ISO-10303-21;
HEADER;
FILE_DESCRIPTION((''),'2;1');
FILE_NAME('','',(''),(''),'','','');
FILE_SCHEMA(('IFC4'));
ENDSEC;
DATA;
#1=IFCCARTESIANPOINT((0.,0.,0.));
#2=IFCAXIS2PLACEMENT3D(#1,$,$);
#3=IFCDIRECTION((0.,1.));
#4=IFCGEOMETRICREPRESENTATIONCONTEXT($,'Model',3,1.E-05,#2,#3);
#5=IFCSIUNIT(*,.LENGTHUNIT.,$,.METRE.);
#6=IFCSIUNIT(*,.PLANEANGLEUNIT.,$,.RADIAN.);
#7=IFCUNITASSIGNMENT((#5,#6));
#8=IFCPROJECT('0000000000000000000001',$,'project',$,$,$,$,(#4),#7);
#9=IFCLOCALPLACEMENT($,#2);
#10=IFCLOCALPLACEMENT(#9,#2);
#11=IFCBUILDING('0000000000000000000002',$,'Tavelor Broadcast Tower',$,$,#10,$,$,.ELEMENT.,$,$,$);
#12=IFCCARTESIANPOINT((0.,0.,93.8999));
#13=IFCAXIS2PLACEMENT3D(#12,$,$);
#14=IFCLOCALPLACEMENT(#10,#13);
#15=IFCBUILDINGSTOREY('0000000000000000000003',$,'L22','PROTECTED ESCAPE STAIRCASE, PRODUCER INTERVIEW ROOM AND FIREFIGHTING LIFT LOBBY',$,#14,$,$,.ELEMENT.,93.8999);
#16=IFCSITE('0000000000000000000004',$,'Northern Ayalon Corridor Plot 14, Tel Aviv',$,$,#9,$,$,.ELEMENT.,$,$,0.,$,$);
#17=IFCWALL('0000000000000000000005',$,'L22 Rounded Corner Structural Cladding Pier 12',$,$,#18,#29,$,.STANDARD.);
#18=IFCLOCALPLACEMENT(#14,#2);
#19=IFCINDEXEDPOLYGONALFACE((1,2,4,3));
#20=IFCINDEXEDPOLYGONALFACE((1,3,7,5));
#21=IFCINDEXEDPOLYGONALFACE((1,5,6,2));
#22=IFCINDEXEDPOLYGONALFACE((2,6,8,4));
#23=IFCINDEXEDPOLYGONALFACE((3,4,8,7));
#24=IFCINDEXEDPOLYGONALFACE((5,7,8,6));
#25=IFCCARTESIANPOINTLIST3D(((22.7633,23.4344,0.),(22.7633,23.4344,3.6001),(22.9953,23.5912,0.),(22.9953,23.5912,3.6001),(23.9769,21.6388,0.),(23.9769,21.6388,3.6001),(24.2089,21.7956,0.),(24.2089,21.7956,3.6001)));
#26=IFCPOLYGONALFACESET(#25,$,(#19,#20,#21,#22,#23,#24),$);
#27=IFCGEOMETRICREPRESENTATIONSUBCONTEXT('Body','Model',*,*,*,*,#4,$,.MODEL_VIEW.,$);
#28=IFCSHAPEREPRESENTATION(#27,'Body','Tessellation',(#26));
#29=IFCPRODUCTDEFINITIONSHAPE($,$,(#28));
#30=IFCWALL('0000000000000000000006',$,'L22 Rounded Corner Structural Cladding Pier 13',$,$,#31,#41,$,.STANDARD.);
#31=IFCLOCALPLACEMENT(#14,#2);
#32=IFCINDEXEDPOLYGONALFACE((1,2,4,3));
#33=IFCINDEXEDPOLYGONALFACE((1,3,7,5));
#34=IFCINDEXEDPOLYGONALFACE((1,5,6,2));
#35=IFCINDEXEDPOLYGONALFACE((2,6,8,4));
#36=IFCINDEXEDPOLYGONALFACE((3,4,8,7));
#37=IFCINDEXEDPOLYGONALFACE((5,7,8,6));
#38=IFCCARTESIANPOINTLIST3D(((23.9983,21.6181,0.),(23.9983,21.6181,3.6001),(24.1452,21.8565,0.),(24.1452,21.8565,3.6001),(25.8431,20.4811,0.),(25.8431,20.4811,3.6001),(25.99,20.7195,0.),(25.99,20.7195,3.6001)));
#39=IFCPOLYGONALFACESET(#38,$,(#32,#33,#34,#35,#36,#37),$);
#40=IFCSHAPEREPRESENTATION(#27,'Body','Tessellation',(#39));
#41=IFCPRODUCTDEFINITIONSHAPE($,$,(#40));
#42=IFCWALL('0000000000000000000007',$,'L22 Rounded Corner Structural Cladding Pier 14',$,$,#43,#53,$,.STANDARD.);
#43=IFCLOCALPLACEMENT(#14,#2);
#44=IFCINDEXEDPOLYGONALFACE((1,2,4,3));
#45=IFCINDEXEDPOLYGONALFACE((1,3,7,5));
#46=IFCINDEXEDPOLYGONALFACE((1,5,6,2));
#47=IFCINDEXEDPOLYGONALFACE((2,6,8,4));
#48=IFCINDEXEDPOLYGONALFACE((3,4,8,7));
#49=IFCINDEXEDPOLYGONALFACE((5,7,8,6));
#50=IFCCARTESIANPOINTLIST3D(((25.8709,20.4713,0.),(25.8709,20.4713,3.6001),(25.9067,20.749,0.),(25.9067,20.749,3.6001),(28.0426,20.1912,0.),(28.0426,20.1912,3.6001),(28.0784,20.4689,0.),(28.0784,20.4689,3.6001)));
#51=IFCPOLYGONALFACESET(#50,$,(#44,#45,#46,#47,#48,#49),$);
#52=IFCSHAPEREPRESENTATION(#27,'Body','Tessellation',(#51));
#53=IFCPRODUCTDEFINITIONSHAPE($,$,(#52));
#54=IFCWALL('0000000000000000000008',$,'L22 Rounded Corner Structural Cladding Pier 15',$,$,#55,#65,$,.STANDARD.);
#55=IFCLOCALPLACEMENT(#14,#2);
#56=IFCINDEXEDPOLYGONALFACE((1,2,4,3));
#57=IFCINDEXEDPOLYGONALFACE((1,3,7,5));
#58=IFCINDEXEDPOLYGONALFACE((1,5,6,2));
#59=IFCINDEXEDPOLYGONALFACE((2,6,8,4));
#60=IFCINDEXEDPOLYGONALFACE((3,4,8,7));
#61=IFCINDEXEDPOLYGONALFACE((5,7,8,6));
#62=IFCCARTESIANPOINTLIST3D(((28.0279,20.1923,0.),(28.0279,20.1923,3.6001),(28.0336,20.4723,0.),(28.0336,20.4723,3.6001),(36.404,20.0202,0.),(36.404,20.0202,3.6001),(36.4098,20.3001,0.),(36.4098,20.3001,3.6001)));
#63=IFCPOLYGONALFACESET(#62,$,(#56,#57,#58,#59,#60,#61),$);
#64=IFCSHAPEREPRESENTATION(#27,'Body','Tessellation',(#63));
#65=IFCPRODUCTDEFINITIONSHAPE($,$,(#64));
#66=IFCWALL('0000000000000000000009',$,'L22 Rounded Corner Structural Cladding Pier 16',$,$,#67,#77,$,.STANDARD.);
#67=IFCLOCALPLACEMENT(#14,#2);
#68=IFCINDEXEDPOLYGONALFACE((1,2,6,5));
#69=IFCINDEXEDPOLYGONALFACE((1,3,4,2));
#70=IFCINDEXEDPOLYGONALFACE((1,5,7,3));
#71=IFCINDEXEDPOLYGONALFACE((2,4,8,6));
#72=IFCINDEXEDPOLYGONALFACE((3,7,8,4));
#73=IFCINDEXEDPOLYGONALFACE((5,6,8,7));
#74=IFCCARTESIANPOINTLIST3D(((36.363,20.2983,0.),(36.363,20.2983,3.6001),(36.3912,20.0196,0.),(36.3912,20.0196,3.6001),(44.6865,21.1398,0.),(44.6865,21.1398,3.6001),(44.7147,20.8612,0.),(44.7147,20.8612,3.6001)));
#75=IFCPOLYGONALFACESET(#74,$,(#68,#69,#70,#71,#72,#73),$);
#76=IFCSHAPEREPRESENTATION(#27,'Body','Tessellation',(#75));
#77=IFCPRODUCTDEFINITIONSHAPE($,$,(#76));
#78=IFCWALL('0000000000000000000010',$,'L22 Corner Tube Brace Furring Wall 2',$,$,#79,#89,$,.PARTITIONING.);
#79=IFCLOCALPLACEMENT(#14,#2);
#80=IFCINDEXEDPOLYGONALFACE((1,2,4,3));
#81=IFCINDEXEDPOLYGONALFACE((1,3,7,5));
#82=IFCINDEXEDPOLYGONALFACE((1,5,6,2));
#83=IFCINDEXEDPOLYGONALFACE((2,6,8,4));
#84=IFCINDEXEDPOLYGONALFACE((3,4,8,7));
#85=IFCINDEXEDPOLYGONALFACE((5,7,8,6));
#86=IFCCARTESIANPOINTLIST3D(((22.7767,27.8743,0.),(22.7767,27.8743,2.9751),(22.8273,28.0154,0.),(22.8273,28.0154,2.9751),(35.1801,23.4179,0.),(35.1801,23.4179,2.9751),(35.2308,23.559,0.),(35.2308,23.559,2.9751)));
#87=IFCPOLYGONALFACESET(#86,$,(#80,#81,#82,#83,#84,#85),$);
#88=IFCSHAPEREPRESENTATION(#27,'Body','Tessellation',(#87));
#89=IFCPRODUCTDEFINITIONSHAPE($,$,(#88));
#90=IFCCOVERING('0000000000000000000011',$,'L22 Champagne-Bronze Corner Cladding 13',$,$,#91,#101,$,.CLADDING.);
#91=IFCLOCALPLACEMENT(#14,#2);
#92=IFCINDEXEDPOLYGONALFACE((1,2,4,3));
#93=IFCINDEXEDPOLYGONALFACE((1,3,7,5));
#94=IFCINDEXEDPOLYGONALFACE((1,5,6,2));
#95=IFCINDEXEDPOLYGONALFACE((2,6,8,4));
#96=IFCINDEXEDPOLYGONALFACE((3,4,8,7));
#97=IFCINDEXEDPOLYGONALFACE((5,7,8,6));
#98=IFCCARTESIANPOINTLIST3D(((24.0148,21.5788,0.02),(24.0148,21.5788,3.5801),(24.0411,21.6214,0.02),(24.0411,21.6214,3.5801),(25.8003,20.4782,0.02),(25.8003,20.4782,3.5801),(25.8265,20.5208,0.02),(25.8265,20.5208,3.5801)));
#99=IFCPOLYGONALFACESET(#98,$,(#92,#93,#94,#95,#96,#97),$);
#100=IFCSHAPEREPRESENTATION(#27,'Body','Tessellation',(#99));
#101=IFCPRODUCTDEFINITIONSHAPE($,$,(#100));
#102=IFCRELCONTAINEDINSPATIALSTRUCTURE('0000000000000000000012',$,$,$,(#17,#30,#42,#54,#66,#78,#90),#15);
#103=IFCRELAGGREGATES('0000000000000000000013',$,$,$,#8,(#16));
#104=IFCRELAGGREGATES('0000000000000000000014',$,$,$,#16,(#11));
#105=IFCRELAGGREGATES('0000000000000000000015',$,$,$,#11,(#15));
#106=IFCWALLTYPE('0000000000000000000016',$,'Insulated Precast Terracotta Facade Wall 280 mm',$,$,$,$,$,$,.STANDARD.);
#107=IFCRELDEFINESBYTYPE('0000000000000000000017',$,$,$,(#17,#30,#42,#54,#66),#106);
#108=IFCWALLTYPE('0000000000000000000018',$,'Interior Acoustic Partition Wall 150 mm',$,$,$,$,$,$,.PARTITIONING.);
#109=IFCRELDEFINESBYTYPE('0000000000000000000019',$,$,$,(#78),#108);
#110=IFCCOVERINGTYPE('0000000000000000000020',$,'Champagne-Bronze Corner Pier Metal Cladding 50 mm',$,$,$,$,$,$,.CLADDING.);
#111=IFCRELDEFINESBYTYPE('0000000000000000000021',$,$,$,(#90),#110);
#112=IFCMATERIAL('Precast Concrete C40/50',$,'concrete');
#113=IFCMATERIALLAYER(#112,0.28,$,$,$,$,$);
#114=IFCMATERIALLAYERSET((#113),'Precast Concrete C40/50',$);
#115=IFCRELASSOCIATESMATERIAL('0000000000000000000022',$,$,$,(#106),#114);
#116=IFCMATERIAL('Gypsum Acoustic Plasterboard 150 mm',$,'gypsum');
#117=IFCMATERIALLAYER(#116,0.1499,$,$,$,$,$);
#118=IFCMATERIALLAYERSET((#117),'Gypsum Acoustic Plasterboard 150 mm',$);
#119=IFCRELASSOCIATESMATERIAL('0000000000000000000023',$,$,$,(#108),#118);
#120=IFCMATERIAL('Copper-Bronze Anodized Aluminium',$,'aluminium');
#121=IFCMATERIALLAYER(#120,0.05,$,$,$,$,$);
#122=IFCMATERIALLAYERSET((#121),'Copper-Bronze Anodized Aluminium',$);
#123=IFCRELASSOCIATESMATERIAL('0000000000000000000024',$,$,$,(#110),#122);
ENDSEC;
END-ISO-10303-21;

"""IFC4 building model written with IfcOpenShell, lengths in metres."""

from ifc_helpers import new_model, si_unit, direction, frame, frame_2d, origin, origin_2d, place, context, subcontext, project, spatial, rectangle, extrude, material, layer, layer_set, type_object, element, save


model = new_model("IFC4")

# Units and contexts
model_context = context("Model", 3, precision=1e-05, world=origin(), true_north=direction((0.0, 1.0)))
body_context = subcontext(model_context, "Body", "Model", "MODEL_VIEW")
ifc_project = project(units=[si_unit("LENGTHUNIT", "METRE"), si_unit("PLANEANGLEUNIT", "RADIAN")], contexts=[model_context])

# Site, building, storey
site_placement = place(None, origin())
site = spatial("IfcSite", under=ifc_project, at=site_placement, Name="Northern Ayalon Corridor Plot 14, Tel Aviv", CompositionType="ELEMENT", RefElevation=0.0)
building_placement = place(site_placement, origin())
building = spatial("IfcBuilding", under=site, at=building_placement, Name="Tavelor Broadcast Tower", CompositionType="ELEMENT")
storey_placement = place(building_placement, frame((0.0, 0.0, 93.8999)))
storey = spatial("IfcBuildingStorey", under=building, at=storey_placement, Name="L22", Description="PROTECTED ESCAPE STAIRCASE, PRODUCER INTERVIEW ROOM AND FIREFIGHTING LIFT LOBBY", CompositionType="ELEMENT", Elevation=93.8999)

# Walls
ifc_material_1 = material(Name="Precast Concrete C40/50", Category="concrete")
ifc_layer_1 = layer(ifc_material_1, 0.28)
ifc_layer_set_1 = layer_set([ifc_layer_1], Name="Precast Concrete C40/50")
wall_type_1 = type_object("IfcWallType", Name="Insulated Precast Terracotta Facade Wall 280 mm", PredefinedType="STANDARD", material=ifc_layer_set_1)
wall_1_placement = place(storey_placement, frame((22.8794, 23.5127, 0.0), z_axis=(0.0, 0.0, 1.0), x_axis=(0.559966, -0.828516, 0.0)))
element("IfcWall", 1, at=wall_1_placement, inside=storey, type_object=wall_type_1, Name="L22 Rounded Corner Structural Cladding Pier 12", PredefinedType="STANDARD", context=body_context, shape_type="SweptSolid", body=[
    extrude(rectangle(XDim=2.1672, YDim=0.28, at=frame_2d((1.0835, 0.0))), origin(), (0.0, 0.0, 1.0), 3.6001),
])
wall_2_placement = place(storey_placement, frame((24.0718, 21.7373, 0.0), z_axis=(0.0, 0.0, 1.0), x_axis=(0.851298, -0.524682, 0.0)))
element("IfcWall", 2, at=wall_2_placement, inside=storey, type_object=wall_type_1, Name="L22 Rounded Corner Structural Cladding Pier 13", PredefinedType="STANDARD", context=body_context, shape_type="SweptSolid", body=[
    extrude(rectangle(XDim=2.167, YDim=0.28, at=frame_2d((1.0835, 0.0))), origin(), (0.0, 0.0, 1.0), 3.6001),
])
wall_3_placement = place(storey_placement, frame((25.8889, 20.6101, 0.0), z_axis=(0.0, 0.0, 1.0), x_axis=(0.991788, -0.12789, 0.0)))
element("IfcWall", 3, at=wall_3_placement, inside=storey, type_object=wall_type_1, Name="L22 Rounded Corner Structural Cladding Pier 14", PredefinedType="STANDARD", context=body_context, shape_type="SweptSolid", body=[
    extrude(rectangle(XDim=2.1897, YDim=0.28, at=frame_2d((1.0947, 0.0))), origin(), (0.0, 0.0, 1.0), 3.6001),
])
wall_4_placement = place(storey_placement, frame((28.0308, 20.3323, 0.0), z_axis=(0.0, 0.0, 1.0), x_axis=(0.999789, -0.020544, 0.0)))
element("IfcWall", 4, at=wall_4_placement, inside=storey, type_object=wall_type_1, Name="L22 Rounded Corner Structural Cladding Pier 15", PredefinedType="STANDARD", context=body_context, shape_type="SweptSolid", body=[
    extrude(rectangle(XDim=8.3779, YDim=0.28, at=frame_2d((4.189, 0.0))), origin(), (0.0, 0.0, 1.0), 3.6001),
])
wall_5_placement = place(storey_placement, frame((36.377, 20.1589, 0.0), z_axis=(0.0, 0.0, 1.0), x_axis=(0.994928, 0.100593, 0.0)))
element("IfcWall", 5, at=wall_5_placement, inside=storey, type_object=wall_type_1, Name="L22 Rounded Corner Structural Cladding Pier 16", PredefinedType="STANDARD", context=body_context, shape_type="SweptSolid", body=[
    extrude(rectangle(XDim=8.366, YDim=0.28, at=frame_2d((4.1831, 0.0))), origin(), (0.0, 0.0, 1.0), 3.6001),
])
ifc_material_2 = material(Name="Gypsum Acoustic Plasterboard 150 mm", Category="gypsum")
ifc_layer_2 = layer(ifc_material_2, 0.1499)
ifc_layer_set_2 = layer_set([ifc_layer_2], Name="Gypsum Acoustic Plasterboard 150 mm")
wall_type_2 = type_object("IfcWallType", Name="Interior Acoustic Partition Wall 150 mm", PredefinedType="PARTITIONING", material=ifc_layer_set_2)
wall_6_placement = place(storey_placement, frame((22.802, 27.9448, 0.0), z_axis=(0.0, 0.0, 1.0), x_axis=(0.941102, -0.338122, 0.0)))
element("IfcWall", 6, at=wall_6_placement, inside=storey, type_object=wall_type_2, Name="L22 Corner Tube Brace Furring Wall 2", PredefinedType="PARTITIONING", context=body_context, shape_type="SweptSolid", body=[
    extrude(rectangle(XDim=13.1797, YDim=0.1499, at=frame_2d((6.5898, 0.0))), origin(), (0.0, 0.0, 1.0), 2.9751),
])

# Covering
ifc_material_3 = material(Name="Copper-Bronze Anodized Aluminium", Category="aluminium")
ifc_layer_3 = layer(ifc_material_3, 0.05)
ifc_layer_set_3 = layer_set([ifc_layer_3], Name="Copper-Bronze Anodized Aluminium")
covering_type = type_object("IfcCoveringType", Name="Champagne-Bronze Corner Pier Metal Cladding 50 mm", PredefinedType="CLADDING", material=ifc_layer_set_3)
covering_placement = place(storey_placement, frame((24.9207, 21.0498, 0.02), z_axis=(0.0, 0.0, 1.0), x_axis=(0.851269, -0.524729, 0.0)))
element("IfcCovering", 7, at=covering_placement, inside=storey, type_object=covering_type, Name="L22 Champagne-Bronze Corner Cladding 13", PredefinedType="CLADDING", context=body_context, shape_type="SweptSolid", body=[
    extrude(rectangle(XDim=2.0974, YDim=0.05, at=origin_2d()), origin(), (0.0, 0.0, 1.0), 3.5601),
])

save(model, "model.ifc")
